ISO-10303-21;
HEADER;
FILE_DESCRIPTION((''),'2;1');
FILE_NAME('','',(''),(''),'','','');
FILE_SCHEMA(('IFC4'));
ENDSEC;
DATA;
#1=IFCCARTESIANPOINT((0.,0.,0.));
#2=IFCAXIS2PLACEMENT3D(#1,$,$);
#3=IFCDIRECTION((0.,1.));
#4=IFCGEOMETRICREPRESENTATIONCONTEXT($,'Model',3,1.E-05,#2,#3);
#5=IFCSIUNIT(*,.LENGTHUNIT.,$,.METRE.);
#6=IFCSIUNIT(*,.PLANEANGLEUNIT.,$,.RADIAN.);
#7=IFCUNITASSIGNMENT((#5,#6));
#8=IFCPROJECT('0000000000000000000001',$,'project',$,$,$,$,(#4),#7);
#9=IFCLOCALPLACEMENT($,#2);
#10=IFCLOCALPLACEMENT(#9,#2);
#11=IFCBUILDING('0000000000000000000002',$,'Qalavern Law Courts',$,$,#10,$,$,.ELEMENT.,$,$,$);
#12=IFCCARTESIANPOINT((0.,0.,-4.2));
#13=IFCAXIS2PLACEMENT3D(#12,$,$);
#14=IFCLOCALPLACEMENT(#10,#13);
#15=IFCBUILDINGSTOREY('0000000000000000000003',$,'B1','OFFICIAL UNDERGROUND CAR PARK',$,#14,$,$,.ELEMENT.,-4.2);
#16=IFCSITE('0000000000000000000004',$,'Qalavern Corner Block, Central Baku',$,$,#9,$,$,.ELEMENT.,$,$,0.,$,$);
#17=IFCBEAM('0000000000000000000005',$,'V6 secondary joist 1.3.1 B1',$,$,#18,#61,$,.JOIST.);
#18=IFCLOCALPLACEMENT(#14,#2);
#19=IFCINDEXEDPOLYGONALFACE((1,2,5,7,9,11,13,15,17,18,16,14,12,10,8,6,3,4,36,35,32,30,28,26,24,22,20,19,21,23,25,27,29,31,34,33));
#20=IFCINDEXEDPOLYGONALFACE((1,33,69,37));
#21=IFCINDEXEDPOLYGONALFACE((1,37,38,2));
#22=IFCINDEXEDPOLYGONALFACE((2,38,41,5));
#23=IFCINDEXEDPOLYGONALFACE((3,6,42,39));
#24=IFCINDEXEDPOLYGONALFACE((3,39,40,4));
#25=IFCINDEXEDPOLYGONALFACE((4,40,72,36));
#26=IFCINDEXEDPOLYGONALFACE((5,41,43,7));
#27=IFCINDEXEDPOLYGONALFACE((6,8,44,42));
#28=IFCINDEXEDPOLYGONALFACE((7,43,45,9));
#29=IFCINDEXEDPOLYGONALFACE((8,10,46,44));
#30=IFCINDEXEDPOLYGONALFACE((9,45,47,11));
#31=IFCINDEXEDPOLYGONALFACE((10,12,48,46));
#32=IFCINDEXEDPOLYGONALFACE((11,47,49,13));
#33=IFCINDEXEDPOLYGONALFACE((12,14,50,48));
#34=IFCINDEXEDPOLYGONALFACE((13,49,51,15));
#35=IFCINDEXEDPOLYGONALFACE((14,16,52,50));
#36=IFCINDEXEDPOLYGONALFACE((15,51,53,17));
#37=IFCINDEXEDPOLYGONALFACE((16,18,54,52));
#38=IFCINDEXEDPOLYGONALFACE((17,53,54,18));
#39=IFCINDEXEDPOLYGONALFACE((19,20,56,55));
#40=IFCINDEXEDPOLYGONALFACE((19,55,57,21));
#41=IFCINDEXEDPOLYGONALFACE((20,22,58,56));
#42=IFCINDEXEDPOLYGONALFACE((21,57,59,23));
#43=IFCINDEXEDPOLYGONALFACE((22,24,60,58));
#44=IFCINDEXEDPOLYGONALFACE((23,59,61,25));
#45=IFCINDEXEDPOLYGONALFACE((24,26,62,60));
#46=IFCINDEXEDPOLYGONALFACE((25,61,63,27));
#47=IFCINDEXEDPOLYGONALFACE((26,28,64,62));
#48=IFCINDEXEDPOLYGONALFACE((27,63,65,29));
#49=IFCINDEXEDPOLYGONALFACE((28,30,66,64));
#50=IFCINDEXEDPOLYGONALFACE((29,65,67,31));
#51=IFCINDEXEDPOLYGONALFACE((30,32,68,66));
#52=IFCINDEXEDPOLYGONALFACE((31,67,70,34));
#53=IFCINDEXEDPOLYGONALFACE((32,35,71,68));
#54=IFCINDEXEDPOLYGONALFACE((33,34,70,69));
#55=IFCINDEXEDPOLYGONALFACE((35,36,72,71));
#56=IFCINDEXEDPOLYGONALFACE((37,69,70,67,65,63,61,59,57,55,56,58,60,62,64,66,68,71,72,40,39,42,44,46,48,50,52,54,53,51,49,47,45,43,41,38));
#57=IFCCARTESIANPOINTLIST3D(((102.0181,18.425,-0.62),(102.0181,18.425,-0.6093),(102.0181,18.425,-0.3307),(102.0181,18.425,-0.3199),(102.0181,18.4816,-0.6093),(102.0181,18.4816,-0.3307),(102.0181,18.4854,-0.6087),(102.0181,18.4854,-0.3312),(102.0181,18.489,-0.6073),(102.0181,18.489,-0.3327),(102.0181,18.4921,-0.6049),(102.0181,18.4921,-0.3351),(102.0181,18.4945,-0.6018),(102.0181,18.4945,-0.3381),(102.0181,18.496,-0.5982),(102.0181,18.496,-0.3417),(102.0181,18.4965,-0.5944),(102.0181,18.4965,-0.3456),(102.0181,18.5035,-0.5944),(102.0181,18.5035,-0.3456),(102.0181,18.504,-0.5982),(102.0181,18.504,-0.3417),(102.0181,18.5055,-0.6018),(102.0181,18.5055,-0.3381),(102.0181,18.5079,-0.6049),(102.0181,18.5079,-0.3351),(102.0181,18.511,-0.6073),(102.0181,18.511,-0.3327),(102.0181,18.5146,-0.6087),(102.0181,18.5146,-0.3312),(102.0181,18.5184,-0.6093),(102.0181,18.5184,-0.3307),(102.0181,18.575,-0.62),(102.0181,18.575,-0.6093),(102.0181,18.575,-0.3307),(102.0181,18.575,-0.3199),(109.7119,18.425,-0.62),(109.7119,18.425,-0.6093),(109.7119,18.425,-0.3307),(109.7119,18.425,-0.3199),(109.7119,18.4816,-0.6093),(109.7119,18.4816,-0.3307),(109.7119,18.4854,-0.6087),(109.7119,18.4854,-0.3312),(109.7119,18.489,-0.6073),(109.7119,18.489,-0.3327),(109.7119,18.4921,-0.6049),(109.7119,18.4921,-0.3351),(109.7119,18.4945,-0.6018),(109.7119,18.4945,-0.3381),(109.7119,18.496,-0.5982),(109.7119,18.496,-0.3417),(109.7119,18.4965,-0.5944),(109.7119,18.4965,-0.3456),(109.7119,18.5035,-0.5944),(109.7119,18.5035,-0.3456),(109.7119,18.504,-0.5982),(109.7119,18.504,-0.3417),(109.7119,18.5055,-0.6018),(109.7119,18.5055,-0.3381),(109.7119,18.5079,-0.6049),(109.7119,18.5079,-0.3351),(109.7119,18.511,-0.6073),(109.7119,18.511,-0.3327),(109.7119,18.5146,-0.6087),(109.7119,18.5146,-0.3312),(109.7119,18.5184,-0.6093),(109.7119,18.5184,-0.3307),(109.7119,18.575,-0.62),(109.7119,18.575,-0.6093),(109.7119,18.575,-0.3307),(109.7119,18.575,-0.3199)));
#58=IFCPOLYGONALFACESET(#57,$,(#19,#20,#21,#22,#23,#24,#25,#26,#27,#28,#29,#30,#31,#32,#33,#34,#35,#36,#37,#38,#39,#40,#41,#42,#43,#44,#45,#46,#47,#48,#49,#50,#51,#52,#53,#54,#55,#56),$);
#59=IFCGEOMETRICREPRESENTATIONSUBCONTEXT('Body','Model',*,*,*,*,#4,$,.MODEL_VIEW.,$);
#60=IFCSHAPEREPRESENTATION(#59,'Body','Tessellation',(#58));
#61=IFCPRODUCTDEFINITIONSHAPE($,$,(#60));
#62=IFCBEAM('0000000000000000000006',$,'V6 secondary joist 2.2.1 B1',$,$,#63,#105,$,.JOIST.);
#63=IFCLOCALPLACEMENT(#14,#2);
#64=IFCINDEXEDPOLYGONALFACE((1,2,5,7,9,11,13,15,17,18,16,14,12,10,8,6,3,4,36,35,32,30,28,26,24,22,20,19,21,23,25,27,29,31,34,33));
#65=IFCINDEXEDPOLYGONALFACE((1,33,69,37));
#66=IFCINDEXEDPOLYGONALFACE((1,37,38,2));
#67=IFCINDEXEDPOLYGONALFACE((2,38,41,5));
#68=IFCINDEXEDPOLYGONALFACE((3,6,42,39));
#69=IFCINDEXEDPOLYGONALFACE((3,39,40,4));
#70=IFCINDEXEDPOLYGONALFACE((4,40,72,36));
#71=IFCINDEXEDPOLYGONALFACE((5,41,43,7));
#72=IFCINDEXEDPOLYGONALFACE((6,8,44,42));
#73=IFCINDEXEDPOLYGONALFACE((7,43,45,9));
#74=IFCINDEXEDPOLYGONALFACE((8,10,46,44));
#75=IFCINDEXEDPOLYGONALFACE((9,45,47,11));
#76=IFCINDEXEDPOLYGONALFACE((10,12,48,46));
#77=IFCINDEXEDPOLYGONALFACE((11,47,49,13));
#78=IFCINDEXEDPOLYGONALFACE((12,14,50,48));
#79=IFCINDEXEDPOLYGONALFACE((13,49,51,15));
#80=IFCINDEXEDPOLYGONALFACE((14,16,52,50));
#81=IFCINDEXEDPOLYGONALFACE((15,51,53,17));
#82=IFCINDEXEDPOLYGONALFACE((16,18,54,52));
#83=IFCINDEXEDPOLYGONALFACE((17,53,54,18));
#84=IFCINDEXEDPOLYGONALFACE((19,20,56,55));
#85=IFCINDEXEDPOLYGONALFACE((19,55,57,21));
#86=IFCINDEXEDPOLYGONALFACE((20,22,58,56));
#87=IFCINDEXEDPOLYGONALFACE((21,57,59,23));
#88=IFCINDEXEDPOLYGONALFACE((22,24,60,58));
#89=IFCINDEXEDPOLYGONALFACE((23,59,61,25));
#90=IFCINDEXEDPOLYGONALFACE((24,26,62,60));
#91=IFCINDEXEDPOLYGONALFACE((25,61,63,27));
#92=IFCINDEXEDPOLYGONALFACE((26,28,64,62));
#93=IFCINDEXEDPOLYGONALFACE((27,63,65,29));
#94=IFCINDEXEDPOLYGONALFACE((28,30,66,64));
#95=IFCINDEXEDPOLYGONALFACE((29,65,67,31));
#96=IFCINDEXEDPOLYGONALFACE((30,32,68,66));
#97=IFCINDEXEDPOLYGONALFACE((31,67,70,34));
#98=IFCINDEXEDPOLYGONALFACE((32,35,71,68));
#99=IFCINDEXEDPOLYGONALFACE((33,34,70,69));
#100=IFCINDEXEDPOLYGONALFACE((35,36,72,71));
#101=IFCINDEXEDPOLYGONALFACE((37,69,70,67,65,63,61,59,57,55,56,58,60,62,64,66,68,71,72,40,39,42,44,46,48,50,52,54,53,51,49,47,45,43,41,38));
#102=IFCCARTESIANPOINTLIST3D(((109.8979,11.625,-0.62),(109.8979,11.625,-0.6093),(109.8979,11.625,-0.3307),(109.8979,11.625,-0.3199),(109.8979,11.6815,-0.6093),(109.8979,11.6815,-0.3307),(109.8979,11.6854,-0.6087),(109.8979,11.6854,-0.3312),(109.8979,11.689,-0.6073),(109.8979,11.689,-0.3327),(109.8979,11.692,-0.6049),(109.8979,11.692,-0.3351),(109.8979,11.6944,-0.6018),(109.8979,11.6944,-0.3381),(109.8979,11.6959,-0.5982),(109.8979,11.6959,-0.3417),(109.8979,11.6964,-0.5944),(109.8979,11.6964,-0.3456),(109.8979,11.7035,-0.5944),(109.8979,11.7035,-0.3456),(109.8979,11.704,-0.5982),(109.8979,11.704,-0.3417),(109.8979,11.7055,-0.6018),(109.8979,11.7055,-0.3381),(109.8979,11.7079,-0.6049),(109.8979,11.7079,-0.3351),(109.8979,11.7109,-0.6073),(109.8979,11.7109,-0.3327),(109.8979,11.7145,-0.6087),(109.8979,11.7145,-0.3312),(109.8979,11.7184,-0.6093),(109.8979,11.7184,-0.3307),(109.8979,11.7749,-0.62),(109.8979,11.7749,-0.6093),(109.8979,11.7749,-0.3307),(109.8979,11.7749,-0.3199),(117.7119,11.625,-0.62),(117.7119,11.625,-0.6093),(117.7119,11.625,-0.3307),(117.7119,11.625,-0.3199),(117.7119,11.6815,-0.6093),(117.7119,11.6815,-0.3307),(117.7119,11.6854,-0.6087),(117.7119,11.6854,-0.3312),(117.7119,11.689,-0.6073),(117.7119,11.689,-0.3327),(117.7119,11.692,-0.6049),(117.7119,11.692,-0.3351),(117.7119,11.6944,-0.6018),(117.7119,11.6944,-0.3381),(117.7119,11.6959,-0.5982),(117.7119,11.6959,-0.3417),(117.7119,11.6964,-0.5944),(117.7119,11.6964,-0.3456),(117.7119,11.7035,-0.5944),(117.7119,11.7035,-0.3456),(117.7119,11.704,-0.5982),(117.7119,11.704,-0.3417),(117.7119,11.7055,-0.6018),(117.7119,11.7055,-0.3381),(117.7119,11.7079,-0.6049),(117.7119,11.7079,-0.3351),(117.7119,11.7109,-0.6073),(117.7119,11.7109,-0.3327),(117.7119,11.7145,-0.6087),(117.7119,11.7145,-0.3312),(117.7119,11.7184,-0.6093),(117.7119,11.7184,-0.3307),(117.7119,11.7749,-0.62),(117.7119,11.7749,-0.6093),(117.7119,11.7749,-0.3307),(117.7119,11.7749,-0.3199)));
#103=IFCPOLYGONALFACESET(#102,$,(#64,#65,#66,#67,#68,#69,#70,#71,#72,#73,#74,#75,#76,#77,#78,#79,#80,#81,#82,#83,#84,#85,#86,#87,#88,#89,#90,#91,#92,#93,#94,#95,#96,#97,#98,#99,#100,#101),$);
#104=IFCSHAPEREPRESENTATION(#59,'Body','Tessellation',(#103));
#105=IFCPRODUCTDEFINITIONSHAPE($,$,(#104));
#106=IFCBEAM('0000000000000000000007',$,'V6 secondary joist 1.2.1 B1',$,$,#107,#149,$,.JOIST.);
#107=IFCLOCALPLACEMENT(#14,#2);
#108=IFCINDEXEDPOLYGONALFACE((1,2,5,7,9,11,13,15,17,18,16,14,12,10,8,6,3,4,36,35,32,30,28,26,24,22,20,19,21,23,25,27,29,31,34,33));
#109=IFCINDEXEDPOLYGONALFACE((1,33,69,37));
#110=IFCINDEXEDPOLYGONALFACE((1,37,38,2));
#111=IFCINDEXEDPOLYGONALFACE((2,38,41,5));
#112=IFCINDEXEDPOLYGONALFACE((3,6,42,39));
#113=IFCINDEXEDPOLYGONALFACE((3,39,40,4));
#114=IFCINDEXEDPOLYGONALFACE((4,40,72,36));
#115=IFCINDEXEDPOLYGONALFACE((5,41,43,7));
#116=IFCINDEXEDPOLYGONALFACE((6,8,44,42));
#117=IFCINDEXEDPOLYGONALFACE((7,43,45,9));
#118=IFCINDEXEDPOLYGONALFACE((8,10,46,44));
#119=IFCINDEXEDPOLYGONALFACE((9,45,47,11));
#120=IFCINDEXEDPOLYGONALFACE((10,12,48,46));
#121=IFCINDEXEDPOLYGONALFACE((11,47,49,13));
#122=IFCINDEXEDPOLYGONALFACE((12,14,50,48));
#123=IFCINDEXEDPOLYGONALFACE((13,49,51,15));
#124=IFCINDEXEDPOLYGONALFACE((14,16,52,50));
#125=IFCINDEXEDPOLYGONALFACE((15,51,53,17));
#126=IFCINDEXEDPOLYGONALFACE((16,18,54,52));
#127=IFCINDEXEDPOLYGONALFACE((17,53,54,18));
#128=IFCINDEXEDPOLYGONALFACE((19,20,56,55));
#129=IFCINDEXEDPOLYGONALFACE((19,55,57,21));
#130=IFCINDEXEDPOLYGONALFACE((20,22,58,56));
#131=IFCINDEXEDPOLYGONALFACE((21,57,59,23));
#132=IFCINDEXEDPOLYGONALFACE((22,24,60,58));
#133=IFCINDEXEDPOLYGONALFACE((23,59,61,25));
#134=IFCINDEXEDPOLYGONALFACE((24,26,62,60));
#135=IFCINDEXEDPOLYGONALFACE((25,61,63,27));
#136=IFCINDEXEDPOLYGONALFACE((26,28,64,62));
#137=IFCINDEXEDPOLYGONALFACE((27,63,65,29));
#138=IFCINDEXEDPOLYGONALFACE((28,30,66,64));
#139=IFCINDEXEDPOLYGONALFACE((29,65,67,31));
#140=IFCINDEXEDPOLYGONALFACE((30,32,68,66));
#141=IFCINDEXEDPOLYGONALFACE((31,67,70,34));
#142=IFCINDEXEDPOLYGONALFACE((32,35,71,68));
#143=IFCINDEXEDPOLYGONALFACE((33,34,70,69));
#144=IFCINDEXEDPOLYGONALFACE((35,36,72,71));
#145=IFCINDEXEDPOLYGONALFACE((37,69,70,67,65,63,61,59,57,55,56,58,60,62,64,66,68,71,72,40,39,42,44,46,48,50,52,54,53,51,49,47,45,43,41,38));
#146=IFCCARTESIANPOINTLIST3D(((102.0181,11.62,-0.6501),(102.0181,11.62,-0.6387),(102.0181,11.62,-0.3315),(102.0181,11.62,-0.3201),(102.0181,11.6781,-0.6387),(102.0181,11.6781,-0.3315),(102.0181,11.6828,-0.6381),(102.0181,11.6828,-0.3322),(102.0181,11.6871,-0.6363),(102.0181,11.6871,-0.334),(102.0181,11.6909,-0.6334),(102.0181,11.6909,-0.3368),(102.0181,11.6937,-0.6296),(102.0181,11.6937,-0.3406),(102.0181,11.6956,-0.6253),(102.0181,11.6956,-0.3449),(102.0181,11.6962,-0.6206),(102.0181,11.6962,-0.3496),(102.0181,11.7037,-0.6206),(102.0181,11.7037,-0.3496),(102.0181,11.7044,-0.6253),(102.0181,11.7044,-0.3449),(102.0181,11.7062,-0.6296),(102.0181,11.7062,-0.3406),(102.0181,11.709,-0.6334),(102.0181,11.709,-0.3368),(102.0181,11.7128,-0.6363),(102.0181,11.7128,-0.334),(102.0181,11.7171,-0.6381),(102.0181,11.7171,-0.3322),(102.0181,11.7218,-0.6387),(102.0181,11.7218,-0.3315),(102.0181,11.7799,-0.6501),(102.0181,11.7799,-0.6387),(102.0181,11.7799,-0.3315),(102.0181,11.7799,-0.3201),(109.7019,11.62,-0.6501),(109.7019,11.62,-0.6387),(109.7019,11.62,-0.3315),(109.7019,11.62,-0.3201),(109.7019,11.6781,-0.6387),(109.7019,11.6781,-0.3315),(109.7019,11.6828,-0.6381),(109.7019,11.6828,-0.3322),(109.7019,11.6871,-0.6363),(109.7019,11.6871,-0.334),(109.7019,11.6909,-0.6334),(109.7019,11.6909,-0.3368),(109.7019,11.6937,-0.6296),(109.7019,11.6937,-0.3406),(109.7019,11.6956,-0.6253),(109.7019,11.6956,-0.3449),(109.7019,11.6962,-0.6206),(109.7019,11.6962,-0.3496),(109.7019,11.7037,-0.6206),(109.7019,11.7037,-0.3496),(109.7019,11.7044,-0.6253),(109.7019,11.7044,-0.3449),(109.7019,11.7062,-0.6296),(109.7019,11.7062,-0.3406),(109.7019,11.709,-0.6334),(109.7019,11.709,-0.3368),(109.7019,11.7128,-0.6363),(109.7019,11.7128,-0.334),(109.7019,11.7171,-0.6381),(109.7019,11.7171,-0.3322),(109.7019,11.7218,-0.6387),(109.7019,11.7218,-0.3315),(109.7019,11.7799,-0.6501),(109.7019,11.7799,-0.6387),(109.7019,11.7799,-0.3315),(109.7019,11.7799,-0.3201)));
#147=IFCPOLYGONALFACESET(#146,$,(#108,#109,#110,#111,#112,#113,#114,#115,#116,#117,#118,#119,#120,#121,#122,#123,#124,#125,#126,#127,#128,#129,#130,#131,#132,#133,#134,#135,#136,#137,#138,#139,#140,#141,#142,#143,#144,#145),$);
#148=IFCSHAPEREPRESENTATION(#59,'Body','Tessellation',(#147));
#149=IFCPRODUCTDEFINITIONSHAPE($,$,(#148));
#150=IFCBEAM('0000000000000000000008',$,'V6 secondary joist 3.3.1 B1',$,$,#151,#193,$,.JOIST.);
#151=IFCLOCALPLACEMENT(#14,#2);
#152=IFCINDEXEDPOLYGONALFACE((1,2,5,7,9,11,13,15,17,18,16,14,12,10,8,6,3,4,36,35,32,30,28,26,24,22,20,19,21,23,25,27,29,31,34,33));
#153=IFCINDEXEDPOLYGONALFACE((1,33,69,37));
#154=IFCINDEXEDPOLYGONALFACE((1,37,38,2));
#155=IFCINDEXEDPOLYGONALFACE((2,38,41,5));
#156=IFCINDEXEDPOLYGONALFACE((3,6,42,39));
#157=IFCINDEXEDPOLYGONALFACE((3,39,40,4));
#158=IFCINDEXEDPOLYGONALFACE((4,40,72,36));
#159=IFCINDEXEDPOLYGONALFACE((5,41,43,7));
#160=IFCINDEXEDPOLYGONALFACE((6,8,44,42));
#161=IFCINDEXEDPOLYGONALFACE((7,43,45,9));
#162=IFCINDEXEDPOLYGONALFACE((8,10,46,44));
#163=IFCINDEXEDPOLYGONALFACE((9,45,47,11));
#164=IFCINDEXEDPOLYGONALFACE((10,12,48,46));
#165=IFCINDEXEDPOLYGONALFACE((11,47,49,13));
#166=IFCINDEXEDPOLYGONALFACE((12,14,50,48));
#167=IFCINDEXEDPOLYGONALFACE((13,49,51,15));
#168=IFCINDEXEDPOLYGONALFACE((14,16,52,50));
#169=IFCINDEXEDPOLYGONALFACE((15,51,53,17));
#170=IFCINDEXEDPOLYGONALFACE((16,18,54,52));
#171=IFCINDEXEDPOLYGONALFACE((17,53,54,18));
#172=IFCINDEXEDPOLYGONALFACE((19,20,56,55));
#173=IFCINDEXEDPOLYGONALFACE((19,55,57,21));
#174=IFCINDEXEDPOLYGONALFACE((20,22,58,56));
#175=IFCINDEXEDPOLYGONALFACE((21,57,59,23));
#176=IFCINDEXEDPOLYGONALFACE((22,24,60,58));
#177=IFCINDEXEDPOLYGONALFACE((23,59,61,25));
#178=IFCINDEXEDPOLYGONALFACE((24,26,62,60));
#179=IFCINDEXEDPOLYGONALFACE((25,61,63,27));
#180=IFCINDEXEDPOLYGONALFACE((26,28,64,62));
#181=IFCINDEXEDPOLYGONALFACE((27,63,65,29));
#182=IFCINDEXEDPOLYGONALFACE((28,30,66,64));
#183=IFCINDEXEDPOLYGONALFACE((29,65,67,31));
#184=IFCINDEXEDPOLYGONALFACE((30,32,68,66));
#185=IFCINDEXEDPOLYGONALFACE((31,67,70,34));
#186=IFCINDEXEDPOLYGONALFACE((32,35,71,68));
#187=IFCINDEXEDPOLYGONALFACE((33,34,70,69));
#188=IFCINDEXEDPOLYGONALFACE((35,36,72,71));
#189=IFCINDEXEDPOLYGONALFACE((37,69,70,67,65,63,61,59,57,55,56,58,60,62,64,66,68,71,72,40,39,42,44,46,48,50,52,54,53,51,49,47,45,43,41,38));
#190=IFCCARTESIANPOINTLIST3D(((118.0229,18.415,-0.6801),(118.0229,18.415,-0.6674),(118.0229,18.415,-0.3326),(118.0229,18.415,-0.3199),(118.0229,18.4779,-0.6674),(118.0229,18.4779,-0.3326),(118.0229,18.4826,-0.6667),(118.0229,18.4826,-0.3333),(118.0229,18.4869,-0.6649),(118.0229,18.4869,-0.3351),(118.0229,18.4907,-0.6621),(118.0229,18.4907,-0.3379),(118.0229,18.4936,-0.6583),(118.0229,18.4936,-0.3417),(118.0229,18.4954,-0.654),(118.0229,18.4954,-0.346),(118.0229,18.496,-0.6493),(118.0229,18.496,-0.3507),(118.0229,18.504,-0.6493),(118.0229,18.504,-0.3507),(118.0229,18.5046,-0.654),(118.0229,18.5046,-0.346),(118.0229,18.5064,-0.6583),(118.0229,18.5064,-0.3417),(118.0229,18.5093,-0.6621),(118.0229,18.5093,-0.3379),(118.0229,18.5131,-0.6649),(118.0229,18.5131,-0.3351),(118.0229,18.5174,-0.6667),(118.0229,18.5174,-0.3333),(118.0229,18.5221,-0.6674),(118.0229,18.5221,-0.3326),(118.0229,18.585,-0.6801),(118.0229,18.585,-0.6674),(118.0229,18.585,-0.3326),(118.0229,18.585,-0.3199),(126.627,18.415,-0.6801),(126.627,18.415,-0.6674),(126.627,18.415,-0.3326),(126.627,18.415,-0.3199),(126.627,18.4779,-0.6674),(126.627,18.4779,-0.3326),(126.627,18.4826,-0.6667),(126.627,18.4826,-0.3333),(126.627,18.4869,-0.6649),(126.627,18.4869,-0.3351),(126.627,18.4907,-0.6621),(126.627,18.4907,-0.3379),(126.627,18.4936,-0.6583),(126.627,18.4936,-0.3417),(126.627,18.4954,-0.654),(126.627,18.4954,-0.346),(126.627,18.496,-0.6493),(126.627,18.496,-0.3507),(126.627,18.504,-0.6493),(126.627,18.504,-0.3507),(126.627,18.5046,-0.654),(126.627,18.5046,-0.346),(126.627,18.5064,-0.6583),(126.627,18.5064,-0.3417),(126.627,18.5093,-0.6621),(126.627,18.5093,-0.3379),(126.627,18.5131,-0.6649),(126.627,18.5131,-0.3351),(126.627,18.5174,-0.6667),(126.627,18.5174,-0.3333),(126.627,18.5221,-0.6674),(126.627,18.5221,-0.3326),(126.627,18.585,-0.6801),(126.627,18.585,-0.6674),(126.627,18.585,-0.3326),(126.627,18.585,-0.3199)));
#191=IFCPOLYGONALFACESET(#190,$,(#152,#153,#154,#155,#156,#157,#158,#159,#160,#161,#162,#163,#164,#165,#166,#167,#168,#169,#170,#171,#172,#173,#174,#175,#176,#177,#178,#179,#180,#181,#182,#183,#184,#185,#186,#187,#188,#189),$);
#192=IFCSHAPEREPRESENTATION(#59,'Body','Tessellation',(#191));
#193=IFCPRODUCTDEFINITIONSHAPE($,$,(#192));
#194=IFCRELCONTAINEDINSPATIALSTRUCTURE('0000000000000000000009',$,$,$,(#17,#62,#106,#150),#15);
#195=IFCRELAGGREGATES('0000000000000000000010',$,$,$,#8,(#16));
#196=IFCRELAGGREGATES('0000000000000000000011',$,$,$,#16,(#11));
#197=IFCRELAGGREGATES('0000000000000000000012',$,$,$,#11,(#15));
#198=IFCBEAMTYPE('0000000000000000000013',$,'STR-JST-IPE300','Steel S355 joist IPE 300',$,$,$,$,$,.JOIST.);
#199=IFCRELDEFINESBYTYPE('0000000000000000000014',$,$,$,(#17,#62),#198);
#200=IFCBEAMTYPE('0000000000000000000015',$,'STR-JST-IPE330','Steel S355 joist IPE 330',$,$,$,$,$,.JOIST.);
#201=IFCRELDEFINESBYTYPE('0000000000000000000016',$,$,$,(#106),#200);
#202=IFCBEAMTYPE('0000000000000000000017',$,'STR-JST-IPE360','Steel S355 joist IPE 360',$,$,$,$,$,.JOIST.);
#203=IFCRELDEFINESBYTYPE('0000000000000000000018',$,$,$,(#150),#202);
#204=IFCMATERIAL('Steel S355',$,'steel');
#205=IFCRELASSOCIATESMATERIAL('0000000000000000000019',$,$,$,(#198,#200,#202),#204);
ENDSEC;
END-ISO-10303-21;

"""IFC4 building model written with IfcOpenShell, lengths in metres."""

from ifc_helpers import new_model, si_unit, direction, frame, origin, origin_2d, place, context, subcontext, project, spatial, i_section, extrude, material, material_profile, profile_set, type_object, element, save


model = new_model("IFC4")

# Units and contexts
model_context = context("Model", 3, precision=1e-05, world=origin(), true_north=direction((0.0, 1.0)))
body_context = subcontext(model_context, "Body", "Model", "MODEL_VIEW")
ifc_project = project(units=[si_unit("LENGTHUNIT", "METRE"), si_unit("PLANEANGLEUNIT", "RADIAN")], contexts=[model_context])

# Site, building, storey
site_placement = place(None, origin())
site = spatial("IfcSite", under=ifc_project, at=site_placement, Name="Qalavern Corner Block, Central Baku", CompositionType="ELEMENT", RefElevation=0.0)
building_placement = place(site_placement, origin())
building = spatial("IfcBuilding", under=site, at=building_placement, Name="Qalavern Law Courts", CompositionType="ELEMENT")
storey_placement = place(building_placement, frame((0.0, 0.0, -4.2)))
storey = spatial("IfcBuildingStorey", under=building, at=storey_placement, Name="B1", Description="OFFICIAL UNDERGROUND CAR PARK", CompositionType="ELEMENT", Elevation=-4.2)

# Beams
ifc_material_1 = material(Name="Steel S355", Category="steel")
ifc_material_profile_1 = material_profile(ifc_material_1, i_section(OverallWidth=0.1499, OverallDepth=0.3, WebThickness=0.0071, FlangeThickness=0.0107, FilletRadius=0.0149, at=origin_2d()), Name="IPE 300")
ifc_profile_set_1 = profile_set([ifc_material_profile_1], Name="Steel S355")
beam_type_1 = type_object("IfcBeamType", Name="STR-JST-IPE300", Description="Steel S355 joist IPE 300", PredefinedType="JOIST", material=ifc_profile_set_1)
beam_1_placement = place(storey_placement, frame((102.0181, 18.5, -0.47), z_axis=(1.0, 0.0, 0.0), x_axis=(0.0, 1.0, 0.0)))
element("IfcBeam", 1, at=beam_1_placement, inside=storey, type_object=beam_type_1, Name="V6 secondary joist 1.3.1 B1", PredefinedType="JOIST", context=body_context, shape_type="SweptSolid", body=[
    extrude(i_section(OverallWidth=0.1499, OverallDepth=0.3, WebThickness=0.0071, FlangeThickness=0.0107, FilletRadius=0.0149, at=origin_2d()), origin(), (0.0, 0.0, 1.0), 7.6938),
])
beam_2_placement = place(storey_placement, frame((109.8979, 11.7, -0.47), z_axis=(1.0, 0.0, 0.0), x_axis=(0.0, 1.0, 0.0)))
element("IfcBeam", 2, at=beam_2_placement, inside=storey, type_object=beam_type_1, Name="V6 secondary joist 2.2.1 B1", PredefinedType="JOIST", context=body_context, shape_type="SweptSolid", body=[
    extrude(i_section(OverallWidth=0.1499, OverallDepth=0.3, WebThickness=0.0071, FlangeThickness=0.0107, FilletRadius=0.0149, at=origin_2d()), origin(), (0.0, 0.0, 1.0), 7.814),
])
ifc_material_profile_2 = material_profile(ifc_material_1, i_section(OverallWidth=0.1599, OverallDepth=0.3301, WebThickness=0.0076, FlangeThickness=0.0115, FilletRadius=0.0181, at=origin_2d()), Name="IPE 330")
ifc_profile_set_2 = profile_set([ifc_material_profile_2], Name="Steel S355")
beam_type_2 = type_object("IfcBeamType", Name="STR-JST-IPE330", Description="Steel S355 joist IPE 330", PredefinedType="JOIST", material=ifc_profile_set_2)
beam_3_placement = place(storey_placement, frame((102.0181, 11.7, -0.4851), z_axis=(1.0, 0.0, 0.0), x_axis=(0.0, 1.0, 0.0)))
element("IfcBeam", 3, at=beam_3_placement, inside=storey, type_object=beam_type_2, Name="V6 secondary joist 1.2.1 B1", PredefinedType="JOIST", context=body_context, shape_type="SweptSolid", body=[
    extrude(i_section(OverallWidth=0.1599, OverallDepth=0.3301, WebThickness=0.0076, FlangeThickness=0.0115, FilletRadius=0.0181, at=origin_2d()), origin(), (0.0, 0.0, 1.0), 7.6838),
])
ifc_material_profile_3 = material_profile(ifc_material_1, i_section(OverallWidth=0.1699, OverallDepth=0.3601, WebThickness=0.0081, FlangeThickness=0.0127, FilletRadius=0.0181, at=origin_2d()), Name="IPE 360")
ifc_profile_set_3 = profile_set([ifc_material_profile_3], Name="Steel S355")
beam_type_3 = type_object("IfcBeamType", Name="STR-JST-IPE360", Description="Steel S355 joist IPE 360", PredefinedType="JOIST", material=ifc_profile_set_3)
beam_4_placement = place(storey_placement, frame((118.0229, 18.5, -0.5), z_axis=(1.0, 0.0, 0.0), x_axis=(0.0, 1.0, 0.0)))
element("IfcBeam", 4, at=beam_4_placement, inside=storey, type_object=beam_type_3, Name="V6 secondary joist 3.3.1 B1", PredefinedType="JOIST", context=body_context, shape_type="SweptSolid", body=[
    extrude(i_section(OverallWidth=0.1699, OverallDepth=0.3601, WebThickness=0.0081, FlangeThickness=0.0127, FilletRadius=0.0181, at=origin_2d()), origin(), (0.0, 0.0, 1.0), 8.604),
])

save(model, "model.ifc")
